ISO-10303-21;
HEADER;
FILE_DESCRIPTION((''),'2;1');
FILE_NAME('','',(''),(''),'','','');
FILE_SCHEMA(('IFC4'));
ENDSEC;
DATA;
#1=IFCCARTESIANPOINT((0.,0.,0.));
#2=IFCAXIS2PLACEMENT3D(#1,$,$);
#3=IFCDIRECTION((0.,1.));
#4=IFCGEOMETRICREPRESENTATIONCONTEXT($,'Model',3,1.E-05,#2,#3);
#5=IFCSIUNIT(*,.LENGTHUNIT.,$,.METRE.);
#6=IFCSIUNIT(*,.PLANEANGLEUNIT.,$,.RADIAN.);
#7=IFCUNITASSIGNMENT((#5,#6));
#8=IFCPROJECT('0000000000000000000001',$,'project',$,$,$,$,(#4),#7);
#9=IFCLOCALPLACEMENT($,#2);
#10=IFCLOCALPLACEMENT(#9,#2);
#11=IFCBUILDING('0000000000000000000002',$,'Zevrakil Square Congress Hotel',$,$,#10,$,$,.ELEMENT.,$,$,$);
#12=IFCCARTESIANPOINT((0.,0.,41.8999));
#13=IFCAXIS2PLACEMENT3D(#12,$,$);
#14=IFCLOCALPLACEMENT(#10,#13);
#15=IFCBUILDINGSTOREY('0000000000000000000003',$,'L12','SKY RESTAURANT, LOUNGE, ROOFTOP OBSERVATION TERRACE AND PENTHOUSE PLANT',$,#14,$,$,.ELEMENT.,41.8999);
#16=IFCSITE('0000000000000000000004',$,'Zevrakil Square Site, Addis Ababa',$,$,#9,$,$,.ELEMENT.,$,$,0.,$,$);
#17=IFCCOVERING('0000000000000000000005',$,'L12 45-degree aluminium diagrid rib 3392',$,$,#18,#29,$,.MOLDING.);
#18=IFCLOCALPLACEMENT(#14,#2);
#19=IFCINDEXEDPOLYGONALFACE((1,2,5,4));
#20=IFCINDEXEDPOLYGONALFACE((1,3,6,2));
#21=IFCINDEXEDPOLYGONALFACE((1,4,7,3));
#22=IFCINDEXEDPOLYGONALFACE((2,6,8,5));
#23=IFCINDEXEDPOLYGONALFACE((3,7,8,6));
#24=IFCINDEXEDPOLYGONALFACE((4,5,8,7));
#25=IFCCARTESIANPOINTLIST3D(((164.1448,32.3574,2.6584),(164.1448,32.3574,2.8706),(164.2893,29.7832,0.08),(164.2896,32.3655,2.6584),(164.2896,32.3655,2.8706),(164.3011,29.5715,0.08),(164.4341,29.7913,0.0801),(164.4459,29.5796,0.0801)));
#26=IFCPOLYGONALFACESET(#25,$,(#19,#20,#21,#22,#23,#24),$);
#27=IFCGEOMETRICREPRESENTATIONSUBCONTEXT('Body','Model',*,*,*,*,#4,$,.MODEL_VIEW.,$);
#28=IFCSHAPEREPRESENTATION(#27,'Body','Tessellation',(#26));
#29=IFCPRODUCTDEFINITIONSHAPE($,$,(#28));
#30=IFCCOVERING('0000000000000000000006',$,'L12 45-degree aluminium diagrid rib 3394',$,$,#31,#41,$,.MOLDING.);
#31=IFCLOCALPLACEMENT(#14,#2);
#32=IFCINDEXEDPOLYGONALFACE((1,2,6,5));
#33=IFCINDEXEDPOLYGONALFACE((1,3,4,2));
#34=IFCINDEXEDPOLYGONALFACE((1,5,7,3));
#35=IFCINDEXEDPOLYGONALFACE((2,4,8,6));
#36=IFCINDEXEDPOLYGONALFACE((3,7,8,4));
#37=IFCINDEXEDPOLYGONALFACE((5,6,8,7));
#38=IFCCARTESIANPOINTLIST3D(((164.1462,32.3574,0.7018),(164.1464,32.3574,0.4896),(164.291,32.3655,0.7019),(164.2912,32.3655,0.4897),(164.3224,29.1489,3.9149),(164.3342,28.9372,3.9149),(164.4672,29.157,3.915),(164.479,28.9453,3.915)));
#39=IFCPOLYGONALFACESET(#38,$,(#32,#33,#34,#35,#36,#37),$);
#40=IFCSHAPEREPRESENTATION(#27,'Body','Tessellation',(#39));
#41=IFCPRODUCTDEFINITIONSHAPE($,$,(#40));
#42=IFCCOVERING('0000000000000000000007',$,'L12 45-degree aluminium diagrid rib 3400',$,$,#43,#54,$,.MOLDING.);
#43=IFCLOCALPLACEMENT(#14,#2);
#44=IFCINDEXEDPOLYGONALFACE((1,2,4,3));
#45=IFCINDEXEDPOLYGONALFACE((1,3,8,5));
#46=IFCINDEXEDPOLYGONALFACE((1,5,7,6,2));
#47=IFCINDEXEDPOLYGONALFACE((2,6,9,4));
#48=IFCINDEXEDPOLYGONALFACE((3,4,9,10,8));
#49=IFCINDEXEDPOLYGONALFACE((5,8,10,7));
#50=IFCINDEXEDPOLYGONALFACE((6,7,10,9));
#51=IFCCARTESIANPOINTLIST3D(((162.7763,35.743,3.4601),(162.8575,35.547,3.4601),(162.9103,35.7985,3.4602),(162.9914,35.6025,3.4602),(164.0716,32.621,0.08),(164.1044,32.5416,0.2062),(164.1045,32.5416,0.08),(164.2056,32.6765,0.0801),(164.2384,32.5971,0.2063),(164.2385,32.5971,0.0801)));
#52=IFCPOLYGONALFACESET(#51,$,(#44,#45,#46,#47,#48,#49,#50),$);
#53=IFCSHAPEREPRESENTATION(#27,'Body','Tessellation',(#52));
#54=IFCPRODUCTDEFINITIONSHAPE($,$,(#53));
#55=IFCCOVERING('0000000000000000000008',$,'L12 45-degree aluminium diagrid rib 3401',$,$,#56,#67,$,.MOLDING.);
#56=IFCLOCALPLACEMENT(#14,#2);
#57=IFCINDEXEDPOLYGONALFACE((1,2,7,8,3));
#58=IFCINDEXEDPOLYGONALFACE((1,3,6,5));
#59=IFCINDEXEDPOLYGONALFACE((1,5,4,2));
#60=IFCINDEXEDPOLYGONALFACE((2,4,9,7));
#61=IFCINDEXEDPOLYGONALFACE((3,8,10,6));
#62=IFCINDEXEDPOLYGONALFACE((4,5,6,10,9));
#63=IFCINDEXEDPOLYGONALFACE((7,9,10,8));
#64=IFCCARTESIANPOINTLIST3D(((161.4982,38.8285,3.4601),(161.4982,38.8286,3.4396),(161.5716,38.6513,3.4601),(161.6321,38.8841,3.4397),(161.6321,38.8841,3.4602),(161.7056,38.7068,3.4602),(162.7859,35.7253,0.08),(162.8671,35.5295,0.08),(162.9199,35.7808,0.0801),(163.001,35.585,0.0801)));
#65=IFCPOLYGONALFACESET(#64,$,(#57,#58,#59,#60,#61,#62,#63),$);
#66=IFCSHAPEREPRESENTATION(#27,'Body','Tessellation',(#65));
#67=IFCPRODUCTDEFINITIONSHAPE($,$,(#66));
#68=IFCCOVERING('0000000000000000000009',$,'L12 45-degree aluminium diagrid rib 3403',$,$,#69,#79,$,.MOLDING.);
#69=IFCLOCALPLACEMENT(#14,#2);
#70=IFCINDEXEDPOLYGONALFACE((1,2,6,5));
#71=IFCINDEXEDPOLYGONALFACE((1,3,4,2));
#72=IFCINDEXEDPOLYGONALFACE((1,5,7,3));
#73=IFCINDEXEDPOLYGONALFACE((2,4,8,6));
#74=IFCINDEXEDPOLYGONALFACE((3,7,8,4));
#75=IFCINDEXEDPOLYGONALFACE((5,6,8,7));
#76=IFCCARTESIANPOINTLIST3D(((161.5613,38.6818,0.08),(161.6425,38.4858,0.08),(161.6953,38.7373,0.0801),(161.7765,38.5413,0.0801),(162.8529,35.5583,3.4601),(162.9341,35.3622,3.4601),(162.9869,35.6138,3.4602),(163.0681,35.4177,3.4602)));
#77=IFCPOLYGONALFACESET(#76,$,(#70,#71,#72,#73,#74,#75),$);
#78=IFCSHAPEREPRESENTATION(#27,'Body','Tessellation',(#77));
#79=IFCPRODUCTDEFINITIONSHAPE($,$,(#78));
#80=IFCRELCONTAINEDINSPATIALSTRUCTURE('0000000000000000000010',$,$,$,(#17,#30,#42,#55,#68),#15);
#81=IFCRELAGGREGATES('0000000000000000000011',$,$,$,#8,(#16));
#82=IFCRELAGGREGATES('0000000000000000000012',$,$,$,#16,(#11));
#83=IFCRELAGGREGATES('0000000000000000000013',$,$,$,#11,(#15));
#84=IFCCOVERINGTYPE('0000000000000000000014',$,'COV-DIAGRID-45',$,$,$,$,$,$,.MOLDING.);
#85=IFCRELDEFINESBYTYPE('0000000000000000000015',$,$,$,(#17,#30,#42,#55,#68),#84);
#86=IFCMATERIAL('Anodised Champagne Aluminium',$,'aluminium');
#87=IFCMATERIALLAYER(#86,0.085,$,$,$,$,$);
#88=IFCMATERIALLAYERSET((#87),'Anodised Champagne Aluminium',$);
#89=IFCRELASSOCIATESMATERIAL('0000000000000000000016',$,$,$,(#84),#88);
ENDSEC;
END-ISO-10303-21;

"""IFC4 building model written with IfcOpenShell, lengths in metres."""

from ifc_helpers import new_model, si_unit, direction, frame, origin, place, context, subcontext, project, spatial, polyline, outline, extrude, material, layer, layer_set, type_object, element, save


model = new_model("IFC4")

# Units and contexts
model_context = context("Model", 3, precision=1e-05, world=origin(), true_north=direction((0.0, 1.0)))
body_context = subcontext(model_context, "Body", "Model", "MODEL_VIEW")
ifc_project = project(units=[si_unit("LENGTHUNIT", "METRE"), si_unit("PLANEANGLEUNIT", "RADIAN")], contexts=[model_context])

# Site, building, storey
site_placement = place(None, origin())
site = spatial("IfcSite", under=ifc_project, at=site_placement, Name="Zevrakil Square Site, Addis Ababa", CompositionType="ELEMENT", RefElevation=0.0)
building_placement = place(site_placement, origin())
building = spatial("IfcBuilding", under=site, at=building_placement, Name="Zevrakil Square Congress Hotel", CompositionType="ELEMENT")
storey_placement = place(building_placement, frame((0.0, 0.0, 41.8999)))
storey = spatial("IfcBuildingStorey", under=building, at=storey_placement, Name="L12", Description="SKY RESTAURANT, LOUNGE, ROOFTOP OBSERVATION TERRACE AND PENTHOUSE PLANT", CompositionType="ELEMENT", Elevation=41.8999)

# Coverings
ifc_material_1 = material(Name="Anodised Champagne Aluminium", Category="aluminium")
ifc_layer_1 = layer(ifc_material_1, 0.085)
ifc_layer_set_1 = layer_set([ifc_layer_1], Name="Anodised Champagne Aluminium")
covering_type_1 = type_object("IfcCoveringType", Name="COV-DIAGRID-45", PredefinedType="MOLDING", material=ifc_layer_set_1)
covering_1_placement = place(storey_placement, frame((164.4341, 29.7913, 0.0801), z_axis=(0.99845, 0.055653, 0.000374), x_axis=(0.055653, -0.99845, 0.0)))
element("IfcCovering", 1, at=covering_1_placement, inside=storey, type_object=covering_type_1, Name="L12 45-degree aluminium diagrid rib 3392", PredefinedType="MOLDING", context=body_context, shape_type="SweptSolid", body=[
    extrude(outline(polyline([(0.0, 0.0), (0.212, 0.0), (-2.5783, -2.7905), (-2.5783, -2.5784), (0.0, 0.0)])), origin(), (0.0, 0.0, -1.0), 0.145),
])
covering_2_placement = place(storey_placement, frame((164.479, 28.9453, 3.915), z_axis=(0.998451, 0.055629, 0.000798), x_axis=(-0.055629, 0.998451, 0.000001)))
element("IfcCovering", 2, at=covering_2_placement, inside=storey, type_object=covering_type_1, Name="L12 45-degree aluminium diagrid rib 3394", PredefinedType="MOLDING", context=body_context, shape_type="SweptSolid", body=[
    extrude(outline(polyline([(0.0, 0.0), (0.212, 0.0), (3.4253, -3.2131), (3.4253, -3.4253), (0.0, 0.0)])), origin(), (0.0, 0.0, -1.0), 0.145),
])
covering_3_placement = place(storey_placement, frame((164.2056, 32.6765, 0.0801), z_axis=(0.923858, 0.382735, 0.000527), x_axis=(0.382735, -0.923858, 0.0)))
element("IfcCovering", 3, at=covering_3_placement, inside=storey, type_object=covering_type_1, Name="L12 45-degree aluminium diagrid rib 3400", PredefinedType="MOLDING", context=body_context, shape_type="SweptSolid", body=[
    extrude(outline(polyline([(0.0, 0.0), (0.0859, 0.0), (0.0859, -0.1262), (-3.1679, -3.3801), (-3.3801, -3.3801), (0.0, 0.0)])), origin(), (0.0, 0.0, -1.0), 0.145),
])
covering_4_placement = place(storey_placement, frame((162.9199, 35.7808, 0.0801), z_axis=(0.92385, 0.382753, 0.000572), x_axis=(0.382753, -0.923851, 0.0)))
element("IfcCovering", 4, at=covering_4_placement, inside=storey, type_object=covering_type_1, Name="L12 45-degree aluminium diagrid rib 3401", PredefinedType="MOLDING", context=body_context, shape_type="SweptSolid", body=[
    extrude(outline(polyline([(0.0, 0.0), (0.2119, 0.0), (-3.168, -3.3801), (-3.3599, -3.3801), (-3.3599, -3.3596), (0.0, 0.0)])), origin(), (0.0, 0.0, -1.0), 0.145),
])
covering_5_placement = place(storey_placement, frame((163.0681, 35.4177, 3.4602), z_axis=(0.923926, 0.382572, 0.000476), x_axis=(-0.382572, 0.923926, 0.0)))
element("IfcCovering", 5, at=covering_5_placement, inside=storey, type_object=covering_type_1, Name="L12 45-degree aluminium diagrid rib 3403", PredefinedType="MOLDING", context=body_context, shape_type="SweptSolid", body=[
    extrude(outline(polyline([(0.0, 0.0), (0.2122, 0.0), (3.5922, -3.3801), (3.3801, -3.3801), (0.0, 0.0)])), origin(), (0.0, 0.0, -1.0), 0.145),
])

save(model, "model.ifc")
